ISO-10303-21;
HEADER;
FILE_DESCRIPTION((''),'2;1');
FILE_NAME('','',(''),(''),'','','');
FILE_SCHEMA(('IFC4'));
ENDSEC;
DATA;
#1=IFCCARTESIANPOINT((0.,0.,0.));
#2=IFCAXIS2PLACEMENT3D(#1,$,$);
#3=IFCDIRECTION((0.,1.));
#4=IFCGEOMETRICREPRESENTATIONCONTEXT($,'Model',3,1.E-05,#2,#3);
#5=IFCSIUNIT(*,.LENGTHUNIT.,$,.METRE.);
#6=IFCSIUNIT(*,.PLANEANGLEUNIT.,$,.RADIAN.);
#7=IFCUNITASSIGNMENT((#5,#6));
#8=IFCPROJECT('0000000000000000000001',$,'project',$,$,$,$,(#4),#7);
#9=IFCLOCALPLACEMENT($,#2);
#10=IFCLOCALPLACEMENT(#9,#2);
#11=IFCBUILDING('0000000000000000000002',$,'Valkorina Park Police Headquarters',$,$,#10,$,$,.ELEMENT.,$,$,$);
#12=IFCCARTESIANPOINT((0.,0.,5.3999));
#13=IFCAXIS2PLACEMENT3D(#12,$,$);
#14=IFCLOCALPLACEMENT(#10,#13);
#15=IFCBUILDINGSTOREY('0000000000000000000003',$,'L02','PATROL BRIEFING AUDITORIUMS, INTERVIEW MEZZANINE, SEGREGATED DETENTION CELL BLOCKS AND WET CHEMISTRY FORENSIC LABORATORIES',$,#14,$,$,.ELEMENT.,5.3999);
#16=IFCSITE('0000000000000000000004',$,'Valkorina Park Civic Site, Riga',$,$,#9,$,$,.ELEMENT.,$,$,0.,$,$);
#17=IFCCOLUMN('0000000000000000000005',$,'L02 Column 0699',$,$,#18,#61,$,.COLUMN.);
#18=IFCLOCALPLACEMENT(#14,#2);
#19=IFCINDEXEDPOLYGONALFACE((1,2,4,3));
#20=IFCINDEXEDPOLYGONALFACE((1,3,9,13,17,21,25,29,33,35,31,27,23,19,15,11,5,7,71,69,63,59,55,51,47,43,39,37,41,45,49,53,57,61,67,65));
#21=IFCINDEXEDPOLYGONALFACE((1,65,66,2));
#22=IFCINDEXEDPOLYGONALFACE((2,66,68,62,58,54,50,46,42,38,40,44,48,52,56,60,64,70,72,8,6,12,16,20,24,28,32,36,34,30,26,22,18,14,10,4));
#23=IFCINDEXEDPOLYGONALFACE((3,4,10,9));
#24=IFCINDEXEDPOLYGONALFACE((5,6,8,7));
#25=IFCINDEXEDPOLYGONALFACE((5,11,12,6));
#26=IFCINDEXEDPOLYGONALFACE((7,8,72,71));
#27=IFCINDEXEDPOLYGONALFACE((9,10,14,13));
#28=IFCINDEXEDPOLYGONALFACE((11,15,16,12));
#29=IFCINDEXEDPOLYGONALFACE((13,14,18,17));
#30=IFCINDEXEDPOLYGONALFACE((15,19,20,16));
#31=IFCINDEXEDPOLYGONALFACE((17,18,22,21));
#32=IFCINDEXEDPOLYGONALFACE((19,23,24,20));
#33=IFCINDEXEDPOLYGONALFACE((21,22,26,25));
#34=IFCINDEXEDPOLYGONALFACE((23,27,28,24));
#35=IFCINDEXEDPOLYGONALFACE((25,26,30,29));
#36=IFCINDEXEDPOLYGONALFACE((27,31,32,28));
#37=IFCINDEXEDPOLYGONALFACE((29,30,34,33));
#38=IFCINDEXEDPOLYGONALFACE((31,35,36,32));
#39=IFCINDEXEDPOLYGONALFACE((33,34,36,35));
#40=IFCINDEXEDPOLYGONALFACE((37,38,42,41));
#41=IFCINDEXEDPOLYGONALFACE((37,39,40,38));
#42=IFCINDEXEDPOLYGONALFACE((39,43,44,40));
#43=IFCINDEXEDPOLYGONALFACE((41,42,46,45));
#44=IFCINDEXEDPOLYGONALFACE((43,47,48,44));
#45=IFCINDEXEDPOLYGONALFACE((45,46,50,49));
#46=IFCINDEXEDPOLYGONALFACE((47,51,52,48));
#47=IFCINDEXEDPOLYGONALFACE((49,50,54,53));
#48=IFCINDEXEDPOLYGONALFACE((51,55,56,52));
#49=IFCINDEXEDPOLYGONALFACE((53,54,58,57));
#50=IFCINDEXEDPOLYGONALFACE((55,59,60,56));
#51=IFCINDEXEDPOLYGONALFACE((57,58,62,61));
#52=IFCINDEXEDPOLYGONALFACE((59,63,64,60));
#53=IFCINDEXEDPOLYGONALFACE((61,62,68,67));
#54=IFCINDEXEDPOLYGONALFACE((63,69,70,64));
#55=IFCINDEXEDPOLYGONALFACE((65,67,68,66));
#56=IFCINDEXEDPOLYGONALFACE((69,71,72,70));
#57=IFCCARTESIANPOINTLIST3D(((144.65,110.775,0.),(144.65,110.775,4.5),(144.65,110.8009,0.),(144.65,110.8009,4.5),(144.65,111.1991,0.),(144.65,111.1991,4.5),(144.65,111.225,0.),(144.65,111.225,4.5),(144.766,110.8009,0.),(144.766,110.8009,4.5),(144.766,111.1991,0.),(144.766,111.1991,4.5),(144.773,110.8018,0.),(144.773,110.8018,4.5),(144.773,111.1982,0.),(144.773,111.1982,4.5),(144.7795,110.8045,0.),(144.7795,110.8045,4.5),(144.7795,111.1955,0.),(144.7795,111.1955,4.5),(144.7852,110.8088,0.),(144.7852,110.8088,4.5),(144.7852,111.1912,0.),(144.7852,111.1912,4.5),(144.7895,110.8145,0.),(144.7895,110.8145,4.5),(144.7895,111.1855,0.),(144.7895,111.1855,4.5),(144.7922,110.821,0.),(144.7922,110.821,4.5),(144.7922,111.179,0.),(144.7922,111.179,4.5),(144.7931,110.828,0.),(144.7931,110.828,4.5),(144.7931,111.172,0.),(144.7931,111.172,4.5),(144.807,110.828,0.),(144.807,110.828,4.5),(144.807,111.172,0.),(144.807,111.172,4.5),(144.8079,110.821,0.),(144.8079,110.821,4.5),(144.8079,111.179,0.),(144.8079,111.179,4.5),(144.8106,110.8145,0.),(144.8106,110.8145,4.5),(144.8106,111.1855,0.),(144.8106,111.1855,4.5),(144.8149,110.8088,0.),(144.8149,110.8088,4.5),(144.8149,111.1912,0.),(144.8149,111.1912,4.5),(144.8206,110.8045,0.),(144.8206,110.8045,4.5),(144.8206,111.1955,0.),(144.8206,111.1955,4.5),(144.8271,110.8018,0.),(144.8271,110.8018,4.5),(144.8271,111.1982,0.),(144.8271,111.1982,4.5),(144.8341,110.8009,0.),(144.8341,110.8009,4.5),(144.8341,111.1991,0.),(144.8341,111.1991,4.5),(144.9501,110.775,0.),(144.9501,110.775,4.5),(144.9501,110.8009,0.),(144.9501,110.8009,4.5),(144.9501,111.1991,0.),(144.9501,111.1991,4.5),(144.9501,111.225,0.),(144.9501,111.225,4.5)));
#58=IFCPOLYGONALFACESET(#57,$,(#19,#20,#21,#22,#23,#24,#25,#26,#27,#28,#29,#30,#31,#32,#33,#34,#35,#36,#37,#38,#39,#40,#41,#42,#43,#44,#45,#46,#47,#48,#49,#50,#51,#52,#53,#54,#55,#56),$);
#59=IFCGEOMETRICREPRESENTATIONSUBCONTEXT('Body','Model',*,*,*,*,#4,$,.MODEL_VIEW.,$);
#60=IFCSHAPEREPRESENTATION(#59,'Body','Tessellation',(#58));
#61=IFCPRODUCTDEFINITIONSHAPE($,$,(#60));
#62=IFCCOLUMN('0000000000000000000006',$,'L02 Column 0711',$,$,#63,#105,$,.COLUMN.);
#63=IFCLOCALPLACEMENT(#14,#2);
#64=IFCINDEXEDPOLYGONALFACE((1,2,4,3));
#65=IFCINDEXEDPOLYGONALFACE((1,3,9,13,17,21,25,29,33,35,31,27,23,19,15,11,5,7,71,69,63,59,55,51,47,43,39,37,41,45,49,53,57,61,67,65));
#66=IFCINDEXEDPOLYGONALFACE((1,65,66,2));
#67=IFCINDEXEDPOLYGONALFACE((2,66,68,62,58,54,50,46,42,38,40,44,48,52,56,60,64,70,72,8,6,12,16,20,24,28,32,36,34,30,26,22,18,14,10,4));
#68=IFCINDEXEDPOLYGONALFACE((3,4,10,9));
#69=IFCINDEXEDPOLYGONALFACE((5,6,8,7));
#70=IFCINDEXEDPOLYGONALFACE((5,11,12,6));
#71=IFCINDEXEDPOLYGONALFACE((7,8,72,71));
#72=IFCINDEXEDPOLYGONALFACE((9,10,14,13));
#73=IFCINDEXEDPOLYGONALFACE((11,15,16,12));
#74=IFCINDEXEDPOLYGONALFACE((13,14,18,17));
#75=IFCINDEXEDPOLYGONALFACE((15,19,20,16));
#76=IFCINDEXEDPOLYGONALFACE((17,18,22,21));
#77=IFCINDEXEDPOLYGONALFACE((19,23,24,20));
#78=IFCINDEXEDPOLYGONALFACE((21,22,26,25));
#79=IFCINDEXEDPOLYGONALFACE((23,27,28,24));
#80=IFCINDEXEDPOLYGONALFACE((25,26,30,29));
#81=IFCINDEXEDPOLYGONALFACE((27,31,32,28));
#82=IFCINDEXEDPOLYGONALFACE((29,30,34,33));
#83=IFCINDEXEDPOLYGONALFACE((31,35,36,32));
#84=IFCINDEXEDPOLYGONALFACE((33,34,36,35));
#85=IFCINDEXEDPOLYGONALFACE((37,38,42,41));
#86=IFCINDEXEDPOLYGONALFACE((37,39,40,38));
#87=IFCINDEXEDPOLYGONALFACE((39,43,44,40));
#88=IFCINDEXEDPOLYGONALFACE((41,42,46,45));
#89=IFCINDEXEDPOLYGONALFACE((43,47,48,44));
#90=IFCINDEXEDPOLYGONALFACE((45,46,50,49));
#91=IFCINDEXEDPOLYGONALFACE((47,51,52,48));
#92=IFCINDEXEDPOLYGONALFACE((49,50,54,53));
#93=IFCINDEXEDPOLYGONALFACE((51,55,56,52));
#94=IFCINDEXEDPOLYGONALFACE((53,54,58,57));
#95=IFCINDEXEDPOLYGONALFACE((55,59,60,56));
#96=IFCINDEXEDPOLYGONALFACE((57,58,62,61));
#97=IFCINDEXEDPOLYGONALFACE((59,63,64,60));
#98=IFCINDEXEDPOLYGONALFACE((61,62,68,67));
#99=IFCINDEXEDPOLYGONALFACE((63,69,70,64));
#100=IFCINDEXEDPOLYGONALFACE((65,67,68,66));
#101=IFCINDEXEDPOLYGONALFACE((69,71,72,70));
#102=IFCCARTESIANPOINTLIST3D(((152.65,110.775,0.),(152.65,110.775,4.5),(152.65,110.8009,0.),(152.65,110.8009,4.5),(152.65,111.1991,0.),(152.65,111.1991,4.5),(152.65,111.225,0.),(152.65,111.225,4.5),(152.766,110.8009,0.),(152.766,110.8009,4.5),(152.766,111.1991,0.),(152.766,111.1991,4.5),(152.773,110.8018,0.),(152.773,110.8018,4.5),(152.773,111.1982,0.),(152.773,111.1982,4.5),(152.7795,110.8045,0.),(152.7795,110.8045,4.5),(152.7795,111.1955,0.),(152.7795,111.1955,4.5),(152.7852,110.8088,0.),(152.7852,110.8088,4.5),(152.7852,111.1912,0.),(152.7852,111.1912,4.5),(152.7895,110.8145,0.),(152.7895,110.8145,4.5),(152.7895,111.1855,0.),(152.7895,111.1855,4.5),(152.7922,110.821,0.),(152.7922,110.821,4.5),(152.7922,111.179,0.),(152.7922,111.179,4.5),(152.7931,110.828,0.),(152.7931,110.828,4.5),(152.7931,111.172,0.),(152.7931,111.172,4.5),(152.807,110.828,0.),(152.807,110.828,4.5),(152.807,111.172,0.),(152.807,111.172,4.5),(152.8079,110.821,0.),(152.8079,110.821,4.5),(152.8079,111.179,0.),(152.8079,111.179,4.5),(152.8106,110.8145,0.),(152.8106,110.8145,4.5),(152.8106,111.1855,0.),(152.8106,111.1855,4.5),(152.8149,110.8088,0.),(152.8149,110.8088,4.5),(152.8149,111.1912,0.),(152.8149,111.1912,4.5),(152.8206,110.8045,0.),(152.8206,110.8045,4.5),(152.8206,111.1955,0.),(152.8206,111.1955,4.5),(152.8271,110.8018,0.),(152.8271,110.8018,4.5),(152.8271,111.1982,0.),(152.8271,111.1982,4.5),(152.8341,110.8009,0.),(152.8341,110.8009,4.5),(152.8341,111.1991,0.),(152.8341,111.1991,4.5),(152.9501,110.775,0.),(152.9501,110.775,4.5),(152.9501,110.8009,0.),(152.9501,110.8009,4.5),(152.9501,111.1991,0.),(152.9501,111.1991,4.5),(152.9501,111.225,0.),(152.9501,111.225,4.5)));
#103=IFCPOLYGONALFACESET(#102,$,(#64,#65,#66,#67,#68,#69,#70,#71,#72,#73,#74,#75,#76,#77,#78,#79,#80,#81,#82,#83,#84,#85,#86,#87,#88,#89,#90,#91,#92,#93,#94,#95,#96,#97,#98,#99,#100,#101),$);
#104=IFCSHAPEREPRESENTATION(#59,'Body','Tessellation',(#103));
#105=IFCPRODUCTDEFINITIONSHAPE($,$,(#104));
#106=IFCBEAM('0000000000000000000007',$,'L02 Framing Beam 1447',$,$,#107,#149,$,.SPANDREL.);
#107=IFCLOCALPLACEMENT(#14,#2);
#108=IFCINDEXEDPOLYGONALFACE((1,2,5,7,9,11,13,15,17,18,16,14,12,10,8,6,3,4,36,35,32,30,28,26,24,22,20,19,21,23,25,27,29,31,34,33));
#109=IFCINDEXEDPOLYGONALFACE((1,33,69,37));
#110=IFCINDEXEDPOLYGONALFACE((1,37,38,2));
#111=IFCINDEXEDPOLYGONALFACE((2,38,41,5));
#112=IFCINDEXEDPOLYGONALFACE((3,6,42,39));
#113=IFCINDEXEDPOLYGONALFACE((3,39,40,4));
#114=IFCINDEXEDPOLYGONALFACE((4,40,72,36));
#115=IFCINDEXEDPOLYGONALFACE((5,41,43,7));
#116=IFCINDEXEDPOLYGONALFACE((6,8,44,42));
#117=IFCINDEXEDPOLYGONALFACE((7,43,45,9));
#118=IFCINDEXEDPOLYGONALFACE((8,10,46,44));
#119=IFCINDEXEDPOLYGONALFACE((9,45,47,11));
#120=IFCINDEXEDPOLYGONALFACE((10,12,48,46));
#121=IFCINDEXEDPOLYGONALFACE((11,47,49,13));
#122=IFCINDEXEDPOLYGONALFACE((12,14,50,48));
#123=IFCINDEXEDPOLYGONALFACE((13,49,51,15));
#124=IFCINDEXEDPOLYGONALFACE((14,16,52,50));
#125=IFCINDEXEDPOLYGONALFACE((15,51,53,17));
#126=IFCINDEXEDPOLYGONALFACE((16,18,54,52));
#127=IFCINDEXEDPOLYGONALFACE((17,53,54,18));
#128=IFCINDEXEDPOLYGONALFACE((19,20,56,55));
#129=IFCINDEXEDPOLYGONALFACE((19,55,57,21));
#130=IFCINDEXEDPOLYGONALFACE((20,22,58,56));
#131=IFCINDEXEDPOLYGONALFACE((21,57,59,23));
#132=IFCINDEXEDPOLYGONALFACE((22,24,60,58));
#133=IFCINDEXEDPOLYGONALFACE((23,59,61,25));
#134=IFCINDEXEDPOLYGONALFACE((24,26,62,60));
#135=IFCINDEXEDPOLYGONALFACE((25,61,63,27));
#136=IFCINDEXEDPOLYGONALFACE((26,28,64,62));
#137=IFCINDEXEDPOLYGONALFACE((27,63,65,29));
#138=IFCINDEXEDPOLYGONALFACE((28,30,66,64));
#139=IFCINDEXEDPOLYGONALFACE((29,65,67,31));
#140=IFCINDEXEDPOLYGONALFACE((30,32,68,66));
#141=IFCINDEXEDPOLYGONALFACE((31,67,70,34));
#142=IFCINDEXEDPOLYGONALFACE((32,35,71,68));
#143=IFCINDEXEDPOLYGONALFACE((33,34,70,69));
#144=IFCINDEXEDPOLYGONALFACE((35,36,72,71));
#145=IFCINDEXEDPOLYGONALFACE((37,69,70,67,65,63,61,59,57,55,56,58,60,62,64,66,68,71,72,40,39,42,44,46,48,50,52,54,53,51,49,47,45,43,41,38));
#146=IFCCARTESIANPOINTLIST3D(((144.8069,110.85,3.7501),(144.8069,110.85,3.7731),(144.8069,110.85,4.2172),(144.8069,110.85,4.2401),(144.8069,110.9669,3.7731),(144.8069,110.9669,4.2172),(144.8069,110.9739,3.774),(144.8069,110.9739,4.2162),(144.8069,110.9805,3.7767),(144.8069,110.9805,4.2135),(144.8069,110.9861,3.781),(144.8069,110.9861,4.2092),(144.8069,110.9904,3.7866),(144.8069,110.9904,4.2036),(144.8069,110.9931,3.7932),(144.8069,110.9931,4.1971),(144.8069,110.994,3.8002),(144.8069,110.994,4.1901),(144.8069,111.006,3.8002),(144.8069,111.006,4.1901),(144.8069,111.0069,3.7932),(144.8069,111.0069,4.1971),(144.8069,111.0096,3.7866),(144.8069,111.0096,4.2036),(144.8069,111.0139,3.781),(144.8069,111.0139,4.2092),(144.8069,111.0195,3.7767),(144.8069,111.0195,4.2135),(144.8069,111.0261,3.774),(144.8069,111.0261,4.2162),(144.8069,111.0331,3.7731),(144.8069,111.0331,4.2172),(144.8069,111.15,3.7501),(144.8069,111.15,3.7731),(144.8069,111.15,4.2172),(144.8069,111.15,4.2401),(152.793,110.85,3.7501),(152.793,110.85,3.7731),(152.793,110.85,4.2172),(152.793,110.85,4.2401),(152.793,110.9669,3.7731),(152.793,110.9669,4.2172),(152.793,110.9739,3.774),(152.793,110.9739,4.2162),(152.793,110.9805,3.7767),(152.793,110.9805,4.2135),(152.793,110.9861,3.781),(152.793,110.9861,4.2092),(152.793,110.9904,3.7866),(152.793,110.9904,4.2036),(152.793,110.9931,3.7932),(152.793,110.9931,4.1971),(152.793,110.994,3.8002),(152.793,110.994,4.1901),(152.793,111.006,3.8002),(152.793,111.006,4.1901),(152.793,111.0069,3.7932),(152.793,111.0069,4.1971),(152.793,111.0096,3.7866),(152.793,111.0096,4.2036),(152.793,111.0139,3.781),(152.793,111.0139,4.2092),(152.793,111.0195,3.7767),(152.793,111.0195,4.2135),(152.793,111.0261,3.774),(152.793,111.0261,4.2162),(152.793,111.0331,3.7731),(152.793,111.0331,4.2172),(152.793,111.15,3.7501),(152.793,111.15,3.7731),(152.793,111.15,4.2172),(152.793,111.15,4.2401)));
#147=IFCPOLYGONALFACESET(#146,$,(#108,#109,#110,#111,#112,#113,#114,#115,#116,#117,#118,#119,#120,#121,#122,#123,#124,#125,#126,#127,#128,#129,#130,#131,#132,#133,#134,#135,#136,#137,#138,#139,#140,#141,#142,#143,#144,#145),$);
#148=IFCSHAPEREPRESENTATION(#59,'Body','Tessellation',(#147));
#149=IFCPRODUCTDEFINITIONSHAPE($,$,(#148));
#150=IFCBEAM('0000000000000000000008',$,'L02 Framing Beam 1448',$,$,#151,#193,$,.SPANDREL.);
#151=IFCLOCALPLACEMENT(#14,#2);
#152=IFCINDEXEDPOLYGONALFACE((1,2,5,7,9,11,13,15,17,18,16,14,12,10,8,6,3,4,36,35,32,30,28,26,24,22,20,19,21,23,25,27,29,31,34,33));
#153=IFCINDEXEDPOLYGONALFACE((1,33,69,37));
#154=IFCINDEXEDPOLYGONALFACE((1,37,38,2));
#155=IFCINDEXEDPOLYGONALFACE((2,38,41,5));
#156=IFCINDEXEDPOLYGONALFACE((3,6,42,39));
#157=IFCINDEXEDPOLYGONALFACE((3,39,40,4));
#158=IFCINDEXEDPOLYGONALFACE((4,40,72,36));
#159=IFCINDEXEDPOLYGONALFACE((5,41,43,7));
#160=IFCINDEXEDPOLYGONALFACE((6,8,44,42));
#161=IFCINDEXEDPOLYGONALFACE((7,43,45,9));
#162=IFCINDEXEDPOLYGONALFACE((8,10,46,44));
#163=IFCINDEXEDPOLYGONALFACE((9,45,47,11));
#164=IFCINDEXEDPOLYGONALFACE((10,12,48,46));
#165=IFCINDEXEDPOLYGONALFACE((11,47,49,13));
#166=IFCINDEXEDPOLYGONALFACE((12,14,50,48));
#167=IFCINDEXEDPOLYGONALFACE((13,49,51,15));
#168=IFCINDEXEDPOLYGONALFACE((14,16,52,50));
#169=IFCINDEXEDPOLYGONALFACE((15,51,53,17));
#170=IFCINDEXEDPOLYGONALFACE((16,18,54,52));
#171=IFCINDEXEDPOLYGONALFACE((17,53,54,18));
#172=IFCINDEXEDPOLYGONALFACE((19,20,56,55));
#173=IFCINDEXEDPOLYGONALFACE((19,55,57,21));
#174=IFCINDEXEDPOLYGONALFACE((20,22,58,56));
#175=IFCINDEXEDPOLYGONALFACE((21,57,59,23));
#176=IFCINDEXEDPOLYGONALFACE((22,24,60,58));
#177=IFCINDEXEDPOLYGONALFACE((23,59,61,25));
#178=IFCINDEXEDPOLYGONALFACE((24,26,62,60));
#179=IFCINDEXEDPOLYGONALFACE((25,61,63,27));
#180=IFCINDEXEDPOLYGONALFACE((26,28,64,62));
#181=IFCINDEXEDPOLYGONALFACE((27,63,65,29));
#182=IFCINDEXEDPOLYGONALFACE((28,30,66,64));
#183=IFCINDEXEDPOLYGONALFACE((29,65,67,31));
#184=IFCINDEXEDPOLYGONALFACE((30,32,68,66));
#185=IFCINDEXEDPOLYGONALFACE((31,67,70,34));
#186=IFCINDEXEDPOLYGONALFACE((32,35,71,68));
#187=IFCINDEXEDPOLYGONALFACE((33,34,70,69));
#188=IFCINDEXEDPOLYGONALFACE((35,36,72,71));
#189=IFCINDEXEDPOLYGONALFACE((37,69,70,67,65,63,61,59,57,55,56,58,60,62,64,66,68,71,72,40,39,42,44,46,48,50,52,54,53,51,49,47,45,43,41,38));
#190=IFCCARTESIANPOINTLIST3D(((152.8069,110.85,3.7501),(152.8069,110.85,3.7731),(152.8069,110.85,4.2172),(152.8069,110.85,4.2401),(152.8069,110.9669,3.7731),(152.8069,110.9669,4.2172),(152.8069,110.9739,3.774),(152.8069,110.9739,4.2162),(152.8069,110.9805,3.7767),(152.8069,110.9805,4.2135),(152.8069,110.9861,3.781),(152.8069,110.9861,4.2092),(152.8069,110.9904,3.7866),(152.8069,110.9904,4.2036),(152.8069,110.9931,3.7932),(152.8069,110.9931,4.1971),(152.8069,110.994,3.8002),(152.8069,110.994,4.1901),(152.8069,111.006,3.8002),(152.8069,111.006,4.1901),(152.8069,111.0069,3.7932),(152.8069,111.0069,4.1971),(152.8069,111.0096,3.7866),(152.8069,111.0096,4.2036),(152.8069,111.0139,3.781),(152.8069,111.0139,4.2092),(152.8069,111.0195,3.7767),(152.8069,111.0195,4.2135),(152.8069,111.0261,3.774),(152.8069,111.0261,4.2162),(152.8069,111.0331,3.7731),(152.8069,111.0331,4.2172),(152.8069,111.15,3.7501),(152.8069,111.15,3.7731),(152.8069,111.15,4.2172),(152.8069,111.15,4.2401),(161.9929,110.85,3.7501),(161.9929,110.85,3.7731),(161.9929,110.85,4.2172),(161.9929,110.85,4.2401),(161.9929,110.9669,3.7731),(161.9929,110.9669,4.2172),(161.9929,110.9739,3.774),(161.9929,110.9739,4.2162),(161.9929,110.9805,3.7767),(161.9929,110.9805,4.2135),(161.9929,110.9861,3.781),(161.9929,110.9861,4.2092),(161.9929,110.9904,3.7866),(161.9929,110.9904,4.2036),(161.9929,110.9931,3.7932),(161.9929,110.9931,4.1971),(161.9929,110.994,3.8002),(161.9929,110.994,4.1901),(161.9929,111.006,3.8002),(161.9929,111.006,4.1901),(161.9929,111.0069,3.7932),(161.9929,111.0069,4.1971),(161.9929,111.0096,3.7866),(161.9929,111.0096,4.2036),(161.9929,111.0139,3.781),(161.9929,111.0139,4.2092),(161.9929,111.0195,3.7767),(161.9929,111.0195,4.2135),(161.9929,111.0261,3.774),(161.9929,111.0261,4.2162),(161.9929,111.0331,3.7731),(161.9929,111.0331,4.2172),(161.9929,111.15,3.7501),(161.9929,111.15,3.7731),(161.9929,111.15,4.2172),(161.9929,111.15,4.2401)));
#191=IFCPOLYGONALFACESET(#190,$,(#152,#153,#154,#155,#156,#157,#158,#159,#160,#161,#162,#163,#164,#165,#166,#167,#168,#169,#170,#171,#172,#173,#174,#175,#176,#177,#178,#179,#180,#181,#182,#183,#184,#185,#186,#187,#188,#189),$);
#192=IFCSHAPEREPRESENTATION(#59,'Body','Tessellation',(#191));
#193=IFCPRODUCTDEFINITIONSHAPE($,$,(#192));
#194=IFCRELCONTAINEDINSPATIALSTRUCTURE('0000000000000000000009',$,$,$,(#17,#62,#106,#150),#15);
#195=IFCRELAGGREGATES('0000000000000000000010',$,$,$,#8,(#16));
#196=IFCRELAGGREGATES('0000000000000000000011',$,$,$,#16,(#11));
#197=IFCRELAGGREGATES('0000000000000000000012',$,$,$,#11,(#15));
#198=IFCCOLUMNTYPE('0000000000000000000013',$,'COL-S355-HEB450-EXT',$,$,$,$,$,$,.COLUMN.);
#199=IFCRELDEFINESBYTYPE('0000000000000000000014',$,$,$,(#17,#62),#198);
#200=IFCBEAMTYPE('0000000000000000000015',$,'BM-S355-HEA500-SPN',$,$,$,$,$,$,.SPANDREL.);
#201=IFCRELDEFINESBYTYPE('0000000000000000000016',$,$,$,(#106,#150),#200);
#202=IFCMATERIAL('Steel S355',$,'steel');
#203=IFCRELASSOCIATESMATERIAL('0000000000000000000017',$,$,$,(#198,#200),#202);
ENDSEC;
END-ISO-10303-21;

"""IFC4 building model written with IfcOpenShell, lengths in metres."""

from ifc_helpers import new_model, si_unit, direction, frame, origin, origin_2d, place, context, subcontext, project, spatial, i_section, extrude, material, material_profile, profile_set, type_object, element, save


model = new_model("IFC4")

# Units and contexts
model_context = context("Model", 3, precision=1e-05, world=origin(), true_north=direction((0.0, 1.0)))
body_context = subcontext(model_context, "Body", "Model", "MODEL_VIEW")
ifc_project = project(units=[si_unit("LENGTHUNIT", "METRE"), si_unit("PLANEANGLEUNIT", "RADIAN")], contexts=[model_context])

# Site, building, storey
site_placement = place(None, origin())
site = spatial("IfcSite", under=ifc_project, at=site_placement, Name="Valkorina Park Civic Site, Riga", CompositionType="ELEMENT", RefElevation=0.0)
building_placement = place(site_placement, origin())
building = spatial("IfcBuilding", under=site, at=building_placement, Name="Valkorina Park Police Headquarters", CompositionType="ELEMENT")
storey_placement = place(building_placement, frame((0.0, 0.0, 5.3999)))
storey = spatial("IfcBuildingStorey", under=building, at=storey_placement, Name="L02", Description="PATROL BRIEFING AUDITORIUMS, INTERVIEW MEZZANINE, SEGREGATED DETENTION CELL BLOCKS AND WET CHEMISTRY FORENSIC LABORATORIES", CompositionType="ELEMENT", Elevation=5.3999)

# Columns
ifc_material_1 = material(Name="Steel S355", Category="steel")
ifc_material_profile_1 = material_profile(ifc_material_1, i_section(OverallWidth=0.3, OverallDepth=0.45, WebThickness=0.0139, FlangeThickness=0.0259, FilletRadius=0.0271, at=origin_2d()), Name="HEB 450")
ifc_profile_set_1 = profile_set([ifc_material_profile_1], Name="Steel S355")
column_type = type_object("IfcColumnType", Name="COL-S355-HEB450-EXT", PredefinedType="COLUMN", material=ifc_profile_set_1)
for number, where, z_axis, x_axis, name in (
    (1, (144.8, 111.0, 0.0), (0.0, 0.0, 1.0), (1.0, 0.0, 0.0), "L02 Column 0699"),
    (2, (152.8, 111.0, 0.0), (0.0, 0.0, 1.0), (1.0, 0.0, 0.0), "L02 Column 0711"),
):
    element("IfcColumn", number, at=place(storey_placement, frame(where, z_axis=z_axis, x_axis=x_axis)), inside=storey, type_object=column_type, Name=name, PredefinedType="COLUMN", context=body_context, shape_type="SweptSolid", body=[
        extrude(i_section(OverallWidth=0.3, OverallDepth=0.45, WebThickness=0.0139, FlangeThickness=0.0259, FilletRadius=0.0271, at=origin_2d()), origin(), (0.0, 0.0, 1.0), 4.5),
    ])

# Beams
ifc_material_profile_2 = material_profile(ifc_material_1, i_section(OverallWidth=0.3, OverallDepth=0.49, WebThickness=0.012, FlangeThickness=0.0229, FilletRadius=0.0271, at=origin_2d()), Name="HEA 500")
ifc_profile_set_2 = profile_set([ifc_material_profile_2], Name="Steel S355")
beam_type = type_object("IfcBeamType", Name="BM-S355-HEA500-SPN", PredefinedType="SPANDREL", material=ifc_profile_set_2)
beam_1_placement = place(storey_placement, frame((144.8069, 111.0, 3.9951), z_axis=(1.0, 0.0, 0.0), x_axis=(0.0, 1.0, 0.0)))
element("IfcBeam", 3, at=beam_1_placement, inside=storey, type_object=beam_type, Name="L02 Framing Beam 1447", PredefinedType="SPANDREL", context=body_context, shape_type="SweptSolid", body=[
    extrude(i_section(OverallWidth=0.3, OverallDepth=0.49, WebThickness=0.012, FlangeThickness=0.0229, FilletRadius=0.0271, at=origin_2d()), origin(), (0.0, 0.0, 1.0), 7.9861),
])
beam_2_placement = place(storey_placement, frame((152.8069, 111.0, 3.9951), z_axis=(1.0, 0.0, 0.0), x_axis=(0.0, 1.0, 0.0)))
element("IfcBeam", 4, at=beam_2_placement, inside=storey, type_object=beam_type, Name="L02 Framing Beam 1448", PredefinedType="SPANDREL", context=body_context, shape_type="SweptSolid", body=[
    extrude(i_section(OverallWidth=0.3, OverallDepth=0.49, WebThickness=0.012, FlangeThickness=0.0229, FilletRadius=0.0271, at=origin_2d()), origin(), (0.0, 0.0, 1.0), 9.186),
])

save(model, "model.ifc")
